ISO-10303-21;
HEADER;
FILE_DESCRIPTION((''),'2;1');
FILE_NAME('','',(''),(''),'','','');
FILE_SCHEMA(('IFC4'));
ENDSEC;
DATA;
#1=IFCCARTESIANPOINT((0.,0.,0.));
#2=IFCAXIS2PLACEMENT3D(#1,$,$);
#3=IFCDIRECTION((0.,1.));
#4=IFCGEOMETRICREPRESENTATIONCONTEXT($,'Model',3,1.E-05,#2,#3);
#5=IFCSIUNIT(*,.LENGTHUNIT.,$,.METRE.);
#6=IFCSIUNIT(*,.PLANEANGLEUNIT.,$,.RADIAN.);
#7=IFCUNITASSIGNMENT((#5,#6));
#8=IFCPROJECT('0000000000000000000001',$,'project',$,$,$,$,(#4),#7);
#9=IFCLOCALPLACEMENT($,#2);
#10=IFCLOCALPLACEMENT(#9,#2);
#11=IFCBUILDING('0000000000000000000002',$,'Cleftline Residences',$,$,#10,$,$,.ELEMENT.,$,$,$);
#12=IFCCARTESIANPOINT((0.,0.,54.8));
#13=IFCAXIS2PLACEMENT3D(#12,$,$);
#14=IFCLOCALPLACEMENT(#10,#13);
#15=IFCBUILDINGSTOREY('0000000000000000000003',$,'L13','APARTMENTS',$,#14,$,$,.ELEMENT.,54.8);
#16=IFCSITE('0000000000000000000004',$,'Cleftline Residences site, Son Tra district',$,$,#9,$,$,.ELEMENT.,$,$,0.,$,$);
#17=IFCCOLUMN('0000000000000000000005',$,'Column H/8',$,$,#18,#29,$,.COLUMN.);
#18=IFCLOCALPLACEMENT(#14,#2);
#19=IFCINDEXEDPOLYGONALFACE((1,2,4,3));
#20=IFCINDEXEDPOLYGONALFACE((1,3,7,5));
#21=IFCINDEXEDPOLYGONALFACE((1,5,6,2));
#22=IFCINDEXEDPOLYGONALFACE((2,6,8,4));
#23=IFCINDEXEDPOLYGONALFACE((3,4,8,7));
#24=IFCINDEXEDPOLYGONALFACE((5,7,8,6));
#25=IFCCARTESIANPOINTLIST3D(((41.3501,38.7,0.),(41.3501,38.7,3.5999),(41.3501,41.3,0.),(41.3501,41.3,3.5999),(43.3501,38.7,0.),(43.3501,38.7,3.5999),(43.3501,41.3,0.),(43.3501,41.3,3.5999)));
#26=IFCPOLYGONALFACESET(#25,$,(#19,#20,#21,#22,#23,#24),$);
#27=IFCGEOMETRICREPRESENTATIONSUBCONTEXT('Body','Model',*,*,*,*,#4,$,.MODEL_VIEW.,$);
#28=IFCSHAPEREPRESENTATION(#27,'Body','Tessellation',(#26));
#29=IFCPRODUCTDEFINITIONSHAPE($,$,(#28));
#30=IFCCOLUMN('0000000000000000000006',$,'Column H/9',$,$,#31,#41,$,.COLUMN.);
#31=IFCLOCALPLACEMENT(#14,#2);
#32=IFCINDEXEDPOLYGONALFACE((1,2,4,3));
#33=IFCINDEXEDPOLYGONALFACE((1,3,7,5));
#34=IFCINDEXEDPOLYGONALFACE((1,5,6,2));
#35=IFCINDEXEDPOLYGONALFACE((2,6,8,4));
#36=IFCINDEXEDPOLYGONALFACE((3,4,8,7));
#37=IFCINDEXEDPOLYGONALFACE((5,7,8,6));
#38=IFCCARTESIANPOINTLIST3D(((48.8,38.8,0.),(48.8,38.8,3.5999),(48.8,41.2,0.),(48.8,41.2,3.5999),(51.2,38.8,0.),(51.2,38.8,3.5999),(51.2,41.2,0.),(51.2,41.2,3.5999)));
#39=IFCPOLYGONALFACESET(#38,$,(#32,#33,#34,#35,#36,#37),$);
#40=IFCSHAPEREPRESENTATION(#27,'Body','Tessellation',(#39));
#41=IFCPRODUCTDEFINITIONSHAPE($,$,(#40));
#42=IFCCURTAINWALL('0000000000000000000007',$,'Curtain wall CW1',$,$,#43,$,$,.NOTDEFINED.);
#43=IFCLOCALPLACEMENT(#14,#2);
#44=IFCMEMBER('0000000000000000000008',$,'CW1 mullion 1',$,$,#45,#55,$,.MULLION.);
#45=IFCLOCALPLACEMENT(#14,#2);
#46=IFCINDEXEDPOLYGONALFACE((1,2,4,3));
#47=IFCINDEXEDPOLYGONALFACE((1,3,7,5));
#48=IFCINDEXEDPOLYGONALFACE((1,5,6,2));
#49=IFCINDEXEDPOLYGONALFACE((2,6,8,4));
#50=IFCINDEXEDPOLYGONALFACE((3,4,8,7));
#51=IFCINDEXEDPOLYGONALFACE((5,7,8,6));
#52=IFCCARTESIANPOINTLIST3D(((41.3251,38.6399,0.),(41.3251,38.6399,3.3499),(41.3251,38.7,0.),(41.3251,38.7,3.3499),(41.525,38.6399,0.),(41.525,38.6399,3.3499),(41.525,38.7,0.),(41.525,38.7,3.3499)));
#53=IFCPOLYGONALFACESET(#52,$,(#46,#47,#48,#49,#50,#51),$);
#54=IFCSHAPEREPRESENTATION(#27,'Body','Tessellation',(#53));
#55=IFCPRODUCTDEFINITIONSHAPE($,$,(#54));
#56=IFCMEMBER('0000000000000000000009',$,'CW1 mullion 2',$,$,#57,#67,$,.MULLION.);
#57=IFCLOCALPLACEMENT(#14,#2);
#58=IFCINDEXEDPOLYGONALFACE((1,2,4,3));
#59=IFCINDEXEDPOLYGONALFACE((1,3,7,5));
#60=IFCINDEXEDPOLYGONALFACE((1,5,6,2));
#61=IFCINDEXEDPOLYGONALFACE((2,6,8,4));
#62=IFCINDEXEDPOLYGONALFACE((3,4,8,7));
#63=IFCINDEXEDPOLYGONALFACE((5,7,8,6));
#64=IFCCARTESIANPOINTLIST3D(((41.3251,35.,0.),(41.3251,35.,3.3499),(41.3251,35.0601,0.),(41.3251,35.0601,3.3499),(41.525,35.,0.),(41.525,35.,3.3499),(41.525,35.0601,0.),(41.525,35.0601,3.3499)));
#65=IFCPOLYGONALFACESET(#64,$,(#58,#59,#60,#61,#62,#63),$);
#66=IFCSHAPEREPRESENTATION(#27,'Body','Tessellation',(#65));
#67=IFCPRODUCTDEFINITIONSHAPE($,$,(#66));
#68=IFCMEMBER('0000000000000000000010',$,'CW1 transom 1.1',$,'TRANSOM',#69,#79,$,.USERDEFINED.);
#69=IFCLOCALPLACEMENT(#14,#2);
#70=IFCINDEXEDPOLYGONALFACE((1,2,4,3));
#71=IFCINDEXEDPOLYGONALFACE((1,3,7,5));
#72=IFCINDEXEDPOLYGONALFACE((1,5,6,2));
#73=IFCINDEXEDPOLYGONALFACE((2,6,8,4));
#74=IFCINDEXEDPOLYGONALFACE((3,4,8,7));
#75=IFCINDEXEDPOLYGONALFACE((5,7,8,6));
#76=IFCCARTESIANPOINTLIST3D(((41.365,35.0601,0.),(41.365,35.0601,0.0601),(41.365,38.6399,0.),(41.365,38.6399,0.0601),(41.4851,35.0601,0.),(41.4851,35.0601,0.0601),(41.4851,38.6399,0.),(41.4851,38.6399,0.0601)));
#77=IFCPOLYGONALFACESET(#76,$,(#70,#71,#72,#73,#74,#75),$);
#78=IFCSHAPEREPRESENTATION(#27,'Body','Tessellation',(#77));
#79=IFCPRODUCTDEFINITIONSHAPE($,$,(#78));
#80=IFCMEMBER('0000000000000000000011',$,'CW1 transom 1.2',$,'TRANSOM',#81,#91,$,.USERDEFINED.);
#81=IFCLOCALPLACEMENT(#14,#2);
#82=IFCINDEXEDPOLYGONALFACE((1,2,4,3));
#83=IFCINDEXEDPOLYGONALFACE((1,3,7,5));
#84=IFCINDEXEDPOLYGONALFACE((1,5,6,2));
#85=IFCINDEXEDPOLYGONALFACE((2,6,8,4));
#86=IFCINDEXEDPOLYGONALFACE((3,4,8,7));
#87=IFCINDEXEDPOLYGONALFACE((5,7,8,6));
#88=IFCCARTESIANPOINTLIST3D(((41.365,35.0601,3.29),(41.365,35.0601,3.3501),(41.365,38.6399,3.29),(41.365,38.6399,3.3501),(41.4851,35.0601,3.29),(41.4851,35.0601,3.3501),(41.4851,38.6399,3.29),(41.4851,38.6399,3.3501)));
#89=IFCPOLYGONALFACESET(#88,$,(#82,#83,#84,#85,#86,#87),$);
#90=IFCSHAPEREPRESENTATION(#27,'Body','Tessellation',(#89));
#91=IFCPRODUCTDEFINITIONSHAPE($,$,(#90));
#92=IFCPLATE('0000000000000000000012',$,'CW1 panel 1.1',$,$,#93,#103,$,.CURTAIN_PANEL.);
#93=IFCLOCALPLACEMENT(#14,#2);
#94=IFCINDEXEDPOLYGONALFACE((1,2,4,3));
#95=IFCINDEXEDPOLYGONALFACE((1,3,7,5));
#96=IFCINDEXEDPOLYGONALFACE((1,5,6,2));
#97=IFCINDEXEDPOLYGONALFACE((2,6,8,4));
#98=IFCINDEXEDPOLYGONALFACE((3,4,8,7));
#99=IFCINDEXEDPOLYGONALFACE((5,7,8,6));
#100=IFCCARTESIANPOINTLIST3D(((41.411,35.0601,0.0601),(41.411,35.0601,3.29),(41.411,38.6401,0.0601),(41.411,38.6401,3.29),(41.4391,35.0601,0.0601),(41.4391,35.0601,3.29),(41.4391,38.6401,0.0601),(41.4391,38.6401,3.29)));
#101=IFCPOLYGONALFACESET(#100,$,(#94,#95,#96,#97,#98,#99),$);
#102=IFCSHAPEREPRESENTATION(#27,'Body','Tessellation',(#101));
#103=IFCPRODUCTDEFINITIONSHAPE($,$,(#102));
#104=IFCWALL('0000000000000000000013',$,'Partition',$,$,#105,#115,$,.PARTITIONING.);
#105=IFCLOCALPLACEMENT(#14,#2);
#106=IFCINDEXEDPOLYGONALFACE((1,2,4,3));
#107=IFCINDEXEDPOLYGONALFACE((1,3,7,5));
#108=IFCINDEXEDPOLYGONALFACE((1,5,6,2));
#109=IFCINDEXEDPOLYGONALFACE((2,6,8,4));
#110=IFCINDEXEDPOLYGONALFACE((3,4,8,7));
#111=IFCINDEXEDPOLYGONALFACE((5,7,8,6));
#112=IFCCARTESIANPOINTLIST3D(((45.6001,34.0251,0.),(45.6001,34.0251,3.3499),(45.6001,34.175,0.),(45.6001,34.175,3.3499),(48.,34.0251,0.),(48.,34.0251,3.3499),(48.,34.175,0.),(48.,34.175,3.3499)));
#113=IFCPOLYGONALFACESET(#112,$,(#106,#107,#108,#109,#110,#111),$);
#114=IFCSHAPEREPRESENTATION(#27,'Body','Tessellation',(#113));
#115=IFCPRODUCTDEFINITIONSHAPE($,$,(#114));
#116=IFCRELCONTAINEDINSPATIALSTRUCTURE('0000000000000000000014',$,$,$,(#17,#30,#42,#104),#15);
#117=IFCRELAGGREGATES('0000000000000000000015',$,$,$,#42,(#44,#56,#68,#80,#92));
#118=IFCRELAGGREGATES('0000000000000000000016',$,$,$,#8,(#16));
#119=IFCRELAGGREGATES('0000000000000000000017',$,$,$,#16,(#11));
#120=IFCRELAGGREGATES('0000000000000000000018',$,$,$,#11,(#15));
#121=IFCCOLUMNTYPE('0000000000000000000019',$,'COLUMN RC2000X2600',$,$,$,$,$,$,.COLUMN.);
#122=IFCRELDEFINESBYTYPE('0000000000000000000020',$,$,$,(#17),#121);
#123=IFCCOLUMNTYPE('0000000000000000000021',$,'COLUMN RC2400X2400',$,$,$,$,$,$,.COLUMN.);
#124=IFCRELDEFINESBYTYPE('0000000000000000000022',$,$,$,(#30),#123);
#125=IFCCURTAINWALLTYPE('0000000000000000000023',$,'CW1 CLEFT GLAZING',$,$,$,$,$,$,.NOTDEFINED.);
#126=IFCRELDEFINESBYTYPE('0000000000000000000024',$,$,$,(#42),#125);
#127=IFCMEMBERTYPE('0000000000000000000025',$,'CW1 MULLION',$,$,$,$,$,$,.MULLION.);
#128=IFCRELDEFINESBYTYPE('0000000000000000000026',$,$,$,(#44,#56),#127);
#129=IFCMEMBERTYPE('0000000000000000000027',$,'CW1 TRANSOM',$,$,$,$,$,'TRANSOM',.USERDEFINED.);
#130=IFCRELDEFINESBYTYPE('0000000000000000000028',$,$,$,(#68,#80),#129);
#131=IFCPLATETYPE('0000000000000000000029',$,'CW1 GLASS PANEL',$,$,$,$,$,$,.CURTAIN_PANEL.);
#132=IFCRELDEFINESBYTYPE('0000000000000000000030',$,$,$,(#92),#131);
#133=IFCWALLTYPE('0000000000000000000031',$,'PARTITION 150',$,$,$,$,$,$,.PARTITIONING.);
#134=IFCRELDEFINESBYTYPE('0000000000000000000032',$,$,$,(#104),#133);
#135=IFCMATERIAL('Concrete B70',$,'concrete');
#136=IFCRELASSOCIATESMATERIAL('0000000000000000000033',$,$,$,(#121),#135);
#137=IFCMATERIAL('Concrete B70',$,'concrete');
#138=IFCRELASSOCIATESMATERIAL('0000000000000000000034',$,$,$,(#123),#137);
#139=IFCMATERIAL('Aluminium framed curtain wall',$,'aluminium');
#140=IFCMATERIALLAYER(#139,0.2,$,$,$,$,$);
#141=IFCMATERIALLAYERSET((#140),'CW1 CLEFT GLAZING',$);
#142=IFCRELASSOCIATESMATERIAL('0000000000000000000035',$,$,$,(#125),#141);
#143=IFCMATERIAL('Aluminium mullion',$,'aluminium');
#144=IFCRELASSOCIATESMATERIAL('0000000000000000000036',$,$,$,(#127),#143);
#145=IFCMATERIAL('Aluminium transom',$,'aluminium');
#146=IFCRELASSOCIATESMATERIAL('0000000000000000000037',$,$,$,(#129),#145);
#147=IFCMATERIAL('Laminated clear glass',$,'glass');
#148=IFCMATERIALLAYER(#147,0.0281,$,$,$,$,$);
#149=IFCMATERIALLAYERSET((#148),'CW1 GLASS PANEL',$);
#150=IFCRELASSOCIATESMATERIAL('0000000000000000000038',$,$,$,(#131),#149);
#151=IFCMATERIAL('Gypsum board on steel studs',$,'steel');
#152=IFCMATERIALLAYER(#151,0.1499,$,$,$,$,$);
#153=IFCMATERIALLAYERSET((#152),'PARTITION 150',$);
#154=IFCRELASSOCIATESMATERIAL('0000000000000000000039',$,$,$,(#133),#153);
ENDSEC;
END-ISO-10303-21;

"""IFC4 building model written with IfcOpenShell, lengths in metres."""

from ifc_helpers import new_model, si_unit, direction, frame, frame_2d, origin, origin_2d, place, context, subcontext, project, spatial, rectangle, extrude, material, layer, layer_set, material_profile, profile_set, type_object, element, aggregate, save


model = new_model("IFC4")

# Units and contexts
model_context = context("Model", 3, precision=1e-05, world=origin(), true_north=direction((0.0, 1.0)))
body_context = subcontext(model_context, "Body", "Model", "MODEL_VIEW")
ifc_project = project(units=[si_unit("LENGTHUNIT", "METRE"), si_unit("PLANEANGLEUNIT", "RADIAN")], contexts=[model_context])

# Site, building, storey
site_placement = place(None, origin())
site = spatial("IfcSite", under=ifc_project, at=site_placement, Name="Cleftline Residences site, Son Tra district", CompositionType="ELEMENT", RefElevation=0.0)
building_placement = place(site_placement, origin())
building = spatial("IfcBuilding", under=site, at=building_placement, Name="Cleftline Residences", CompositionType="ELEMENT")
storey_placement = place(building_placement, frame((0.0, 0.0, 54.8)))
storey = spatial("IfcBuildingStorey", under=building, at=storey_placement, Name="L13", Description="APARTMENTS", CompositionType="ELEMENT", Elevation=54.8)

# Columns
ifc_material_1 = material(Name="Concrete B70", Category="concrete")
ifc_material_profile_1 = material_profile(ifc_material_1, rectangle(XDim=2.0, YDim=2.6001, at=origin_2d()))
ifc_profile_set_1 = profile_set([ifc_material_profile_1], Name="Concrete B70")
column_type_1 = type_object("IfcColumnType", Name="COLUMN RC2000X2600", PredefinedType="COLUMN", material=ifc_profile_set_1)
column_1_placement = place(storey_placement, frame((42.3501, 40.0, 0.0), z_axis=(0.0, 0.0, 1.0), x_axis=(1.0, 0.0, 0.0)))
element("IfcColumn", 1, at=column_1_placement, inside=storey, type_object=column_type_1, Name="Column H/8", PredefinedType="COLUMN", context=body_context, shape_type="SweptSolid", body=[
    extrude(rectangle(XDim=2.0, YDim=2.6001, at=origin_2d()), origin(), (0.0, 0.0, 1.0), 3.5999),
])
ifc_material_2 = material(Name="Concrete B70", Category="concrete")
ifc_material_profile_2 = material_profile(ifc_material_2, rectangle(XDim=2.3999, YDim=2.3999, at=origin_2d()))
ifc_profile_set_2 = profile_set([ifc_material_profile_2], Name="Concrete B70")
column_type_2 = type_object("IfcColumnType", Name="COLUMN RC2400X2400", PredefinedType="COLUMN", material=ifc_profile_set_2)
column_2_placement = place(storey_placement, frame((50.0, 40.0, 0.0), z_axis=(0.0, 0.0, 1.0), x_axis=(1.0, 0.0, 0.0)))
element("IfcColumn", 2, at=column_2_placement, inside=storey, type_object=column_type_2, Name="Column H/9", PredefinedType="COLUMN", context=body_context, shape_type="SweptSolid", body=[
    extrude(rectangle(XDim=2.3999, YDim=2.3999, at=origin_2d()), origin(), (0.0, 0.0, 1.0), 3.5999),
])

# Curtain wall, members, plate
ifc_material_3 = material(Name="Aluminium framed curtain wall", Category="aluminium")
ifc_layer_1 = layer(ifc_material_3, 0.2)
ifc_layer_set_1 = layer_set([ifc_layer_1], Name="CW1 CLEFT GLAZING")
curtain_wall_type = type_object("IfcCurtainWallType", Name="CW1 CLEFT GLAZING", PredefinedType="NOTDEFINED", material=ifc_layer_set_1)
curtain_wall_placement = place(storey_placement, origin())
curtain_wall = element("IfcCurtainWall", 3, at=curtain_wall_placement, inside=storey, type_object=curtain_wall_type, Name="Curtain wall CW1", PredefinedType="NOTDEFINED")
ifc_material_4 = material(Name="Aluminium mullion", Category="aluminium")
ifc_material_profile_3 = material_profile(ifc_material_4, rectangle(XDim=0.2, YDim=0.0601, at=origin_2d()))
ifc_profile_set_3 = profile_set([ifc_material_profile_3], Name="Aluminium mullion")
member_type_1 = type_object("IfcMemberType", Name="CW1 MULLION", PredefinedType="MULLION", material=ifc_profile_set_3)
member_1_placement = place(storey_placement, frame((41.425, 38.6699, 0.0), z_axis=(0.0, 0.0, 1.0), x_axis=(1.0, 0.0, 0.0)))
member_1 = element("IfcMember", 4, at=member_1_placement, type_object=member_type_1, Name="CW1 mullion 1", PredefinedType="MULLION", context=body_context, shape_type="SweptSolid", body=[
    extrude(rectangle(XDim=0.2, YDim=0.0601, at=origin_2d()), origin(), (0.0, 0.0, 1.0), 3.3499),
])
member_2_placement = place(storey_placement, frame((41.425, 35.03, 0.0), z_axis=(0.0, 0.0, 1.0), x_axis=(1.0, 0.0, 0.0)))
member_2 = element("IfcMember", 5, at=member_2_placement, type_object=member_type_1, Name="CW1 mullion 2", PredefinedType="MULLION", context=body_context, shape_type="SweptSolid", body=[
    extrude(rectangle(XDim=0.2, YDim=0.0601, at=origin_2d()), origin(), (0.0, 0.0, 1.0), 3.3499),
])
ifc_material_5 = material(Name="Aluminium transom", Category="aluminium")
ifc_material_profile_4 = material_profile(ifc_material_5, rectangle(XDim=0.1201, YDim=0.0601, at=origin_2d()))
ifc_profile_set_4 = profile_set([ifc_material_profile_4], Name="Aluminium transom")
member_type_2 = type_object("IfcMemberType", Name="CW1 TRANSOM", ElementType="TRANSOM", PredefinedType="USERDEFINED", material=ifc_profile_set_4)
member_3_placement = place(storey_placement, frame((41.425, 38.6399, 0.03), z_axis=(0.0, -1.0, 0.0), x_axis=(1.0, 0.0, 0.0)))
member_3 = element("IfcMember", 6, at=member_3_placement, type_object=member_type_2, Name="CW1 transom 1.1", ObjectType="TRANSOM", PredefinedType="USERDEFINED", context=body_context, shape_type="SweptSolid", body=[
    extrude(rectangle(XDim=0.1201, YDim=0.0601, at=origin_2d()), origin(), (0.0, 0.0, 1.0), 3.5798),
])
member_4_placement = place(storey_placement, frame((41.425, 38.6399, 3.3201), z_axis=(0.0, -1.0, 0.0), x_axis=(1.0, 0.0, 0.0)))
member_4 = element("IfcMember", 7, at=member_4_placement, type_object=member_type_2, Name="CW1 transom 1.2", ObjectType="TRANSOM", PredefinedType="USERDEFINED", context=body_context, shape_type="SweptSolid", body=[
    extrude(rectangle(XDim=0.1201, YDim=0.0601, at=origin_2d()), origin(), (0.0, 0.0, 1.0), 3.5798),
])
ifc_material_6 = material(Name="Laminated clear glass", Category="glass")
ifc_layer_2 = layer(ifc_material_6, 0.0281)
ifc_layer_set_2 = layer_set([ifc_layer_2], Name="CW1 GLASS PANEL")
plate_type = type_object("IfcPlateType", Name="CW1 GLASS PANEL", PredefinedType="CURTAIN_PANEL", material=ifc_layer_set_2)
plate_placement = place(storey_placement, frame((41.425, 36.8501, 0.0601), z_axis=(0.0, 0.0, 1.0), x_axis=(0.0, -1.0, 0.0)))
plate = element("IfcPlate", 8, at=plate_placement, type_object=plate_type, Name="CW1 panel 1.1", PredefinedType="CURTAIN_PANEL", context=body_context, shape_type="SweptSolid", body=[
    extrude(rectangle(XDim=3.5801, YDim=0.0281, at=origin_2d()), origin(), (0.0, 0.0, 1.0), 3.23),
])
aggregate(curtain_wall, [member_1, member_2, member_3, member_4, plate])

# Wall
ifc_material_7 = material(Name="Gypsum board on steel studs", Category="steel")
ifc_layer_3 = layer(ifc_material_7, 0.1499)
ifc_layer_set_3 = layer_set([ifc_layer_3], Name="PARTITION 150")
wall_type = type_object("IfcWallType", Name="PARTITION 150", PredefinedType="PARTITIONING", material=ifc_layer_set_3)
wall_1_placement = place(storey_placement, frame((45.6001, 34.1001, 0.0), z_axis=(0.0, 0.0, 1.0), x_axis=(1.0, 0.0, 0.0)))
element("IfcWall", 9, at=wall_1_placement, inside=storey, type_object=wall_type, Name="Partition", PredefinedType="PARTITIONING", context=body_context, shape_type="SweptSolid", body=[
    extrude(rectangle(XDim=2.3999, YDim=0.1499, at=frame_2d((1.2, 0.0))), origin(), (0.0, 0.0, 1.0), 3.3499),
])

save(model, "model.ifc")
